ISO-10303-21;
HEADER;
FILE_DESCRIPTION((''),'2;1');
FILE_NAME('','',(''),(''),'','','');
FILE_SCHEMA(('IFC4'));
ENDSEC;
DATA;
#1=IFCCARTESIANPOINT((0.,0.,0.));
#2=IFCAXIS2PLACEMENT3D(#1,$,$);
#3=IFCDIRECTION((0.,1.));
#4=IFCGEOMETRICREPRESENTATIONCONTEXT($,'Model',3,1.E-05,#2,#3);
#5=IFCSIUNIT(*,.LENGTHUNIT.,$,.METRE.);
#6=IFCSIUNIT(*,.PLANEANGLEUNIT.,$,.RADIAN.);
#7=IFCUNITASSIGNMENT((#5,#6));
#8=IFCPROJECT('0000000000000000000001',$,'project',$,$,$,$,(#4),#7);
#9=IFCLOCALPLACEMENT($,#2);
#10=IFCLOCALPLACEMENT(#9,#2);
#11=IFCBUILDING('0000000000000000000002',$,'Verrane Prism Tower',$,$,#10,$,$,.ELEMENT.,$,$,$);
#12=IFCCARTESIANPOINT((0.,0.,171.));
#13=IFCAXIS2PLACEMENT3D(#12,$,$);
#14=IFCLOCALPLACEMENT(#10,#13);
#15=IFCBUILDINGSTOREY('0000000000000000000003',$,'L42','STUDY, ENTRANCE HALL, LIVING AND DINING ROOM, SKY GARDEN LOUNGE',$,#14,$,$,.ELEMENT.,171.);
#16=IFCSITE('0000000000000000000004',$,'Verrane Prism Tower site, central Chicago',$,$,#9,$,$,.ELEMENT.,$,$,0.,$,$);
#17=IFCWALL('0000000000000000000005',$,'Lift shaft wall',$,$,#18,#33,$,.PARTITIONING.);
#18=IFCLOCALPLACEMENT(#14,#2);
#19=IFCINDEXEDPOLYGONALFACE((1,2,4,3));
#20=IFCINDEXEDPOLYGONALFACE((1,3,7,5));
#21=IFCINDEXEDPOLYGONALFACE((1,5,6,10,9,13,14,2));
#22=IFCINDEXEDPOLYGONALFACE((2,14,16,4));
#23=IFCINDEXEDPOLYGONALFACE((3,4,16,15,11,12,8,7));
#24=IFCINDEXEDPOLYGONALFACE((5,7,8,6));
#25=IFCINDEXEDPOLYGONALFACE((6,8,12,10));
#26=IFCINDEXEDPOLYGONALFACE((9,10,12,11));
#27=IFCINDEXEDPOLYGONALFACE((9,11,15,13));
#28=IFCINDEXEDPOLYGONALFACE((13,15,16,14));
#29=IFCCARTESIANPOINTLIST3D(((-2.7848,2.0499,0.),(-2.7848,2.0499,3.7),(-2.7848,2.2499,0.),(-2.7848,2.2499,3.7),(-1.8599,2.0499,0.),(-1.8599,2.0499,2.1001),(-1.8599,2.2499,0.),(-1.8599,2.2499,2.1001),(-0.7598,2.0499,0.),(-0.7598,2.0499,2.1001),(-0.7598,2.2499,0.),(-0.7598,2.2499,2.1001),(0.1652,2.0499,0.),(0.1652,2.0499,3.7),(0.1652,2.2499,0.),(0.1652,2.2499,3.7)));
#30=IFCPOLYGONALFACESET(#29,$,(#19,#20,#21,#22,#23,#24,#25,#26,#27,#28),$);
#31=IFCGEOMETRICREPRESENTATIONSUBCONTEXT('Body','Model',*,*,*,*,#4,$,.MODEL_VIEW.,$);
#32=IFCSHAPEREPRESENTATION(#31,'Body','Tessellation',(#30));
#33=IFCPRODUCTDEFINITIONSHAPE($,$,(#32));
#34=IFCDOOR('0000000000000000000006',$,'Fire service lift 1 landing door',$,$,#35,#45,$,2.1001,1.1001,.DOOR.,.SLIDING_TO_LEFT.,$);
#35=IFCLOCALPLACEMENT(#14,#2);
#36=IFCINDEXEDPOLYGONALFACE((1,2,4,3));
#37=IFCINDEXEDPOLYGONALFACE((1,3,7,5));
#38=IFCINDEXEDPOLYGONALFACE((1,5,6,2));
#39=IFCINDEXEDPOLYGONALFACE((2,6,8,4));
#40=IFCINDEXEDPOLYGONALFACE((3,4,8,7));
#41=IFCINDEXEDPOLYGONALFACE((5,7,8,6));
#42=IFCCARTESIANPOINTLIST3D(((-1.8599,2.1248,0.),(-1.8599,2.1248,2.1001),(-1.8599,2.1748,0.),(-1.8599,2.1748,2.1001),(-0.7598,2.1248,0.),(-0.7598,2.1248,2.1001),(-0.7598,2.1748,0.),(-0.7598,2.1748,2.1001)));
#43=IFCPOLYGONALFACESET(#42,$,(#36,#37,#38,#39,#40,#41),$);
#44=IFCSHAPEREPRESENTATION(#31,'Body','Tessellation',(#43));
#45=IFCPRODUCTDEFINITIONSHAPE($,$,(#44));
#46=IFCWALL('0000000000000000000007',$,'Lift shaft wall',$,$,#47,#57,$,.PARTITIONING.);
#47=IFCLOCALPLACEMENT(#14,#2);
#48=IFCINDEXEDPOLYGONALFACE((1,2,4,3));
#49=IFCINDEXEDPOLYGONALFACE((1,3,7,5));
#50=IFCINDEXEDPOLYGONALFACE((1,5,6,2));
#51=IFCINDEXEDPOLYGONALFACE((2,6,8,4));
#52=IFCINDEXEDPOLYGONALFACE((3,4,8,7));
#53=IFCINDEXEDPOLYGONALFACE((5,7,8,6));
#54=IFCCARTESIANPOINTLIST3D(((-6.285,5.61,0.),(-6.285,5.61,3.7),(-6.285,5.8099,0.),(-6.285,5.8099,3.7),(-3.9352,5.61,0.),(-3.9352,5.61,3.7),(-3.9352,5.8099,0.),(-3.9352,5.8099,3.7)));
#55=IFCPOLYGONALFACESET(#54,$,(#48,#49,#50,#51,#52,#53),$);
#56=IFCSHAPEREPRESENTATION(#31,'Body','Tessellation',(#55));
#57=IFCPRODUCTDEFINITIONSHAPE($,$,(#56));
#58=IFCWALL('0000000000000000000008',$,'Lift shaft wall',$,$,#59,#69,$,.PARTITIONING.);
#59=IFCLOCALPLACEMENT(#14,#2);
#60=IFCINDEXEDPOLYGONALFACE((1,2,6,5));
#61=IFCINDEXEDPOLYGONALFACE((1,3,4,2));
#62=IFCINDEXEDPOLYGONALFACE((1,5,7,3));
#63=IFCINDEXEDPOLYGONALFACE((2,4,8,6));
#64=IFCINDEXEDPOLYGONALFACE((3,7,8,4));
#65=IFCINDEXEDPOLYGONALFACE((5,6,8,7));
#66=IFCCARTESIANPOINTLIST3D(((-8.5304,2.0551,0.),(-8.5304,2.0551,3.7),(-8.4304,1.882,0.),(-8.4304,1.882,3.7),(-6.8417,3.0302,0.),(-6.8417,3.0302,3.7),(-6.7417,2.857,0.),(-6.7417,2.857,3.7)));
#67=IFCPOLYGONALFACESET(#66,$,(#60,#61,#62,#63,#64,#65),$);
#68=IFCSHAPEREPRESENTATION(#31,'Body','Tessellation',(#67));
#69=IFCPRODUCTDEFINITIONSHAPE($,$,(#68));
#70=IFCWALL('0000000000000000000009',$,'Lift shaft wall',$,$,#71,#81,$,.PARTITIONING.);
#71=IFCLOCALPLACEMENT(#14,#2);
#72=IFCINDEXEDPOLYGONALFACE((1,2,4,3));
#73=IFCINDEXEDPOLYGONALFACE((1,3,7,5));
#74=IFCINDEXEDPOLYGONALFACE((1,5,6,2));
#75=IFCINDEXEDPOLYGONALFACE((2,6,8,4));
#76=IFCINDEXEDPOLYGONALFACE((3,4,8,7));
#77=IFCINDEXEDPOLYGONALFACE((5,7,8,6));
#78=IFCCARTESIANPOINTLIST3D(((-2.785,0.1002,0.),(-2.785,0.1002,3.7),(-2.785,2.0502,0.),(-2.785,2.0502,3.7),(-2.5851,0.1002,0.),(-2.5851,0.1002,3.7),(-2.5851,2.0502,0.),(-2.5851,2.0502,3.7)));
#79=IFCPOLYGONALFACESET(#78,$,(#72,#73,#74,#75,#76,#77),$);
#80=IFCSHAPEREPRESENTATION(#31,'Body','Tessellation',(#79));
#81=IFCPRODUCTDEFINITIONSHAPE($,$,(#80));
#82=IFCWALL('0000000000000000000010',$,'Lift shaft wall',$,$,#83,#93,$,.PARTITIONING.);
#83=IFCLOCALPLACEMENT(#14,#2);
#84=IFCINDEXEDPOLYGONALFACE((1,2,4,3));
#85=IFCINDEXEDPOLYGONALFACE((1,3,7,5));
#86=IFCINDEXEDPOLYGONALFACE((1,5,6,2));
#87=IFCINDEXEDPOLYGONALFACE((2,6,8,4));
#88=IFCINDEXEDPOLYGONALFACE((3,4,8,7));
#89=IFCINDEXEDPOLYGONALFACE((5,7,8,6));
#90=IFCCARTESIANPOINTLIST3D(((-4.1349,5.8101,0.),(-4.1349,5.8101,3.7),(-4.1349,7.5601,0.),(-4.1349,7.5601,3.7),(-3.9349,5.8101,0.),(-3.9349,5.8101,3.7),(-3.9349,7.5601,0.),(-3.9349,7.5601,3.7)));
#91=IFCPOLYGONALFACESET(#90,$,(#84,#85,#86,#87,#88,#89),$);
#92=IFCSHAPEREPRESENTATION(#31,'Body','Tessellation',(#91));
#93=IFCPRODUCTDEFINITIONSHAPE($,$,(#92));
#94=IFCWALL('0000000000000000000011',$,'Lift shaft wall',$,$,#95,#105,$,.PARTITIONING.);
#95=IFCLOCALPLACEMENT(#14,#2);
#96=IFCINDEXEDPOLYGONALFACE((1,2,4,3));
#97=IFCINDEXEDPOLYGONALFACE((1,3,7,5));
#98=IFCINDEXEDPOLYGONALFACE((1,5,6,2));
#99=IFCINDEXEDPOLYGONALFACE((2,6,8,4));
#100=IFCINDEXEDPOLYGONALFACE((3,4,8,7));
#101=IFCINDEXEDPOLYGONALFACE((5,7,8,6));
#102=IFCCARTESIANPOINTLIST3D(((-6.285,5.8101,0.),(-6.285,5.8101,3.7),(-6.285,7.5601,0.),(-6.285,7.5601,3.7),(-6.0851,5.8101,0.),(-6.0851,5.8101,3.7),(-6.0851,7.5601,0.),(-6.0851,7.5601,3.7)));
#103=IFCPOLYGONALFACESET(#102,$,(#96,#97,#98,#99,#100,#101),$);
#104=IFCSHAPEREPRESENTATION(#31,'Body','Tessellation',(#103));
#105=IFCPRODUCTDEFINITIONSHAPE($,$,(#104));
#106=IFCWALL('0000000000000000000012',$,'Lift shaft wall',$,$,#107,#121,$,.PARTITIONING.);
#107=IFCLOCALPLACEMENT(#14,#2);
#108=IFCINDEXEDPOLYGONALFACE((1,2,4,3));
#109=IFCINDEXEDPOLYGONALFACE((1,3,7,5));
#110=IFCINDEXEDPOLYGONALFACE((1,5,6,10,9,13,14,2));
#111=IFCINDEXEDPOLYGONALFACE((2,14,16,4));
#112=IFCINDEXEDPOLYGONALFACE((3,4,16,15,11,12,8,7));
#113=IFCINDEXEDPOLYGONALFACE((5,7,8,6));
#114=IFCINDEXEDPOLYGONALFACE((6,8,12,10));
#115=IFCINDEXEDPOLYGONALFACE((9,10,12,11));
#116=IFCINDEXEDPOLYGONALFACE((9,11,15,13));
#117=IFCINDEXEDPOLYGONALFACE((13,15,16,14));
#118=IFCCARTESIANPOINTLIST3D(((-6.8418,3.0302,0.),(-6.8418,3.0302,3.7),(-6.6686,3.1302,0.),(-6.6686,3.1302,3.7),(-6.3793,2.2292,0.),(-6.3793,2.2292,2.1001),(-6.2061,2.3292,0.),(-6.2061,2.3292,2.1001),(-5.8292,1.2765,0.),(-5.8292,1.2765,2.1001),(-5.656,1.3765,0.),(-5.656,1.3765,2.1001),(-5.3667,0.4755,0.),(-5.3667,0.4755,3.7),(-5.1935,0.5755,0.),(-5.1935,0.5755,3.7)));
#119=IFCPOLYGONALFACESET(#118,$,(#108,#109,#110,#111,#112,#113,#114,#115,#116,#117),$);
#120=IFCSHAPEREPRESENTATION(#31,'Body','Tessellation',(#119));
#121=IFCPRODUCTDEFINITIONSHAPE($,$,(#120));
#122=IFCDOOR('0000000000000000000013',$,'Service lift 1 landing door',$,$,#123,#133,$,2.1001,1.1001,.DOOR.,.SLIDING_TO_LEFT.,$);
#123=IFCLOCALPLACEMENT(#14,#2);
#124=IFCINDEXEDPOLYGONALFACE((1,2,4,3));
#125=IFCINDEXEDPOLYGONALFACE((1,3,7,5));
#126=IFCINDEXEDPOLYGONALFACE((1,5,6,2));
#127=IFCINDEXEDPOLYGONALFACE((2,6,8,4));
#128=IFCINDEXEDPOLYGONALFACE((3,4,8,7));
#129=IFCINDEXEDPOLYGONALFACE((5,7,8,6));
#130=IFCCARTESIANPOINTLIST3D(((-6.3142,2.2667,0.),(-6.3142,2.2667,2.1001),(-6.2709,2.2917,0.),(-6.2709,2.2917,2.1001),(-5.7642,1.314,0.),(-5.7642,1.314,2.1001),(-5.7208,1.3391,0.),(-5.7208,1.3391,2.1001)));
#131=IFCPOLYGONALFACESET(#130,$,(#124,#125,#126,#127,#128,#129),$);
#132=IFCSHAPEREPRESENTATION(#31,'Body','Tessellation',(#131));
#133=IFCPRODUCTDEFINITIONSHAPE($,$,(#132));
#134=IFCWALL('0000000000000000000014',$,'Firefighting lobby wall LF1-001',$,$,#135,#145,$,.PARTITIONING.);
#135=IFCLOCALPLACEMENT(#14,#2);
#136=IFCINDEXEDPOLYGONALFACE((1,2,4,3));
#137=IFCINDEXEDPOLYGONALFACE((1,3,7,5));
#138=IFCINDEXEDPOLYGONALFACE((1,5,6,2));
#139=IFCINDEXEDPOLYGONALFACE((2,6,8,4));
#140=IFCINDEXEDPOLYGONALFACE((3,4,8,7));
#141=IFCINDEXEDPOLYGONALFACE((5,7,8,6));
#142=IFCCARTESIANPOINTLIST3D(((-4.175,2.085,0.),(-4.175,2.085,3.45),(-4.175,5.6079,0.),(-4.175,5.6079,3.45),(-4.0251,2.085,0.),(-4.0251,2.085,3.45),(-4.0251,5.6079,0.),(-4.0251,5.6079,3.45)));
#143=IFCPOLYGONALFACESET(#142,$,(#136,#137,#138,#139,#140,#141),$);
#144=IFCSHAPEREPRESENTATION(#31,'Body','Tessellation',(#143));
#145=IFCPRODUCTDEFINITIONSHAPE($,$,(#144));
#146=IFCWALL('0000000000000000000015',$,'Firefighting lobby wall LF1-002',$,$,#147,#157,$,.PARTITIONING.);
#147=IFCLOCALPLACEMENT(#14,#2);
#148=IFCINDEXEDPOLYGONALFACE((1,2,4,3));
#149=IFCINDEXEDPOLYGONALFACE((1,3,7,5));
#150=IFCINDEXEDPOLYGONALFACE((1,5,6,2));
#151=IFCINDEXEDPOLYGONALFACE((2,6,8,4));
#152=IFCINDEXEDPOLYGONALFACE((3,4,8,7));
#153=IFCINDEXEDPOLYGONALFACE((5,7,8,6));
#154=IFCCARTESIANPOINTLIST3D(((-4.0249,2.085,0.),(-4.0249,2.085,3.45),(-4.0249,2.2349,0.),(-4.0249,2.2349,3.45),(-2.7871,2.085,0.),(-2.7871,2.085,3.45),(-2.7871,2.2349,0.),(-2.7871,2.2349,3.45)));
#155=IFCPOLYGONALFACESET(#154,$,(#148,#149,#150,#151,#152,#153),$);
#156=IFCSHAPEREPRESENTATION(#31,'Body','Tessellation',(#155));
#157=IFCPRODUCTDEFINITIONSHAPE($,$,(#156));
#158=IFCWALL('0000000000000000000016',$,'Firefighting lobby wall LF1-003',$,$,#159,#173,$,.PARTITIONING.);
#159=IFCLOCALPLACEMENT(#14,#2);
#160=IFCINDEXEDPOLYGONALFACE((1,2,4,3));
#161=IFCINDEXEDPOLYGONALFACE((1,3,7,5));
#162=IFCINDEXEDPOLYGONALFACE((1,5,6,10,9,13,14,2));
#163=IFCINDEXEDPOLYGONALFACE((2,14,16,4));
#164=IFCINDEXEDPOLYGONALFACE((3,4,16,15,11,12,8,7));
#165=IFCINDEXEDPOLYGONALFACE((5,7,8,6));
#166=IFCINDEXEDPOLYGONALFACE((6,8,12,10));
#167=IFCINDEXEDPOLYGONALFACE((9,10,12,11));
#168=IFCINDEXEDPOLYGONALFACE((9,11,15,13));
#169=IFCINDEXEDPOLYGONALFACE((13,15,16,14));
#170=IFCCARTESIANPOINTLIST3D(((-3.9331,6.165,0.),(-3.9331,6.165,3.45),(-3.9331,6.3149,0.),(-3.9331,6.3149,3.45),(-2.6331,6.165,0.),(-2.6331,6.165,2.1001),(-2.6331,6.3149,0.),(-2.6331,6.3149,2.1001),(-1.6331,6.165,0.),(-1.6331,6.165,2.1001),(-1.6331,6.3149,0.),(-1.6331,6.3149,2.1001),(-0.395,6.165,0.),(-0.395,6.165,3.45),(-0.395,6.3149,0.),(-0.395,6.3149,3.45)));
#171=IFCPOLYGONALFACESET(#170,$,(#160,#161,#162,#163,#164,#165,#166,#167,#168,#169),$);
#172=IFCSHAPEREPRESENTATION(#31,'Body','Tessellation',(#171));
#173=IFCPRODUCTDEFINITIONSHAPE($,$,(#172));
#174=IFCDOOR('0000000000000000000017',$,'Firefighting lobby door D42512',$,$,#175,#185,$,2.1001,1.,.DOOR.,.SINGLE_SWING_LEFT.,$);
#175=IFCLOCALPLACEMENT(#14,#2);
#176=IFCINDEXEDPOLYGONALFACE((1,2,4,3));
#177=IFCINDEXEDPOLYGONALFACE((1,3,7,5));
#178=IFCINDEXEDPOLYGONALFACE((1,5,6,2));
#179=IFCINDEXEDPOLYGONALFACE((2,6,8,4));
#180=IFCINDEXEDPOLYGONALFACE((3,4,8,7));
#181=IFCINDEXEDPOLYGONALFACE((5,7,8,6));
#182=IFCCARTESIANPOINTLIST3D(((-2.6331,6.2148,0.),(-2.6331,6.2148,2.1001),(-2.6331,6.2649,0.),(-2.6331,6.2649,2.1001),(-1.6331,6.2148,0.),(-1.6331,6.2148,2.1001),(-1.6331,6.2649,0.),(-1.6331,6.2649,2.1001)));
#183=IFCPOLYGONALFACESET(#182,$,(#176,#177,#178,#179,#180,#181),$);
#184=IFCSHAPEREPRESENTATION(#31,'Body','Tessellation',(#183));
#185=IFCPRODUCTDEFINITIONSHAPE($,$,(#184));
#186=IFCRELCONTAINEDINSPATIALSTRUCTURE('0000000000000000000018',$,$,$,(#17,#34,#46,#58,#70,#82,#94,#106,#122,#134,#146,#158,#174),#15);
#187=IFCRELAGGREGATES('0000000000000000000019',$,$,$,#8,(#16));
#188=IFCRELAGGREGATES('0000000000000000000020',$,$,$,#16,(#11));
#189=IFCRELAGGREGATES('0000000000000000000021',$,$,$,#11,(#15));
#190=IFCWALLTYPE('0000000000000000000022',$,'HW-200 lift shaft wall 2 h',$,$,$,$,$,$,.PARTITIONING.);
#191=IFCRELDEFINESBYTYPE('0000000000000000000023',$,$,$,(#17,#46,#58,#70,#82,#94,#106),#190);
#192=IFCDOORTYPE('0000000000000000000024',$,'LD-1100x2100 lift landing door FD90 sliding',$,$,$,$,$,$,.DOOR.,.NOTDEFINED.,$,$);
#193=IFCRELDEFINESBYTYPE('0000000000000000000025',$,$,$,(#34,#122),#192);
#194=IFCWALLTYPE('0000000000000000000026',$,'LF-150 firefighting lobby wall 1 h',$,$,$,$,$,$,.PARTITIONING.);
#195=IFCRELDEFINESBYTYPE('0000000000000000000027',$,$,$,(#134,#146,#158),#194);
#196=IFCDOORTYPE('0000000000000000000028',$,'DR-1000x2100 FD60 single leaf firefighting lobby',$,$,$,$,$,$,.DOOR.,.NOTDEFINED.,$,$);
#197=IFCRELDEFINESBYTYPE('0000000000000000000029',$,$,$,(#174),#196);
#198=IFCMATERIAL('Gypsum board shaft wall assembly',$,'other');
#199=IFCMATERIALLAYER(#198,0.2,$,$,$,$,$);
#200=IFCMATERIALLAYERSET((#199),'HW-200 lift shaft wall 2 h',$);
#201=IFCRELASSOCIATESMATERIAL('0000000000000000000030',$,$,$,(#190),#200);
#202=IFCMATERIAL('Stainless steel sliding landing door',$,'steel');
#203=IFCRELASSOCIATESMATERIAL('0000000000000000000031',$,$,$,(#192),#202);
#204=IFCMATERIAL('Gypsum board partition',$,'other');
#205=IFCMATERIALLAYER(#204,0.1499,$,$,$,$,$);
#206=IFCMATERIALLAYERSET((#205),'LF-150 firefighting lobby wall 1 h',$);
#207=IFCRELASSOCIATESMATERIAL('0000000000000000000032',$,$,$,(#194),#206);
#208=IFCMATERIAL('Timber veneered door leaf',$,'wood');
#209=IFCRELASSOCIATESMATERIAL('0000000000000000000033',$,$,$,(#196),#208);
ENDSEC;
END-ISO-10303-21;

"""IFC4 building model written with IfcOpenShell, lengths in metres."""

from ifc_helpers import new_model, si_unit, direction, frame, frame_2d, origin, place, context, subcontext, project, spatial, rectangle, extrude, material, layer, layer_set, type_object, element, fill, save


model = new_model("IFC4")

# Units and contexts
model_context = context("Model", 3, precision=1e-05, world=origin(), true_north=direction((0.0, 1.0)))
body_context = subcontext(model_context, "Body", "Model", "MODEL_VIEW")
ifc_project = project(units=[si_unit("LENGTHUNIT", "METRE"), si_unit("PLANEANGLEUNIT", "RADIAN")], contexts=[model_context])

# Site, building, storey
site_placement = place(None, origin())
site = spatial("IfcSite", under=ifc_project, at=site_placement, Name="Verrane Prism Tower site, central Chicago", CompositionType="ELEMENT", RefElevation=0.0)
building_placement = place(site_placement, origin())
building = spatial("IfcBuilding", under=site, at=building_placement, Name="Verrane Prism Tower", CompositionType="ELEMENT")
storey_placement = place(building_placement, frame((0.0, 0.0, 171.0)))
storey = spatial("IfcBuildingStorey", under=building, at=storey_placement, Name="L42", Description="STUDY, ENTRANCE HALL, LIVING AND DINING ROOM, SKY GARDEN LOUNGE", CompositionType="ELEMENT", Elevation=171.0)

# Wall, opening, door
ifc_material_1 = material(Name="Gypsum board shaft wall assembly", Category="other")
ifc_layer_1 = layer(ifc_material_1, 0.2)
ifc_layer_set_1 = layer_set([ifc_layer_1], Name="HW-200 lift shaft wall 2 h")
wall_type_1 = type_object("IfcWallType", Name="HW-200 lift shaft wall 2 h", PredefinedType="PARTITIONING", material=ifc_layer_set_1)
wall_1_placement = place(storey_placement, frame((-2.7849, 2.1499, 0.0), z_axis=(0.0, 0.0, 1.0), x_axis=(1.0, 0.0, 0.0)))
wall_1 = element("IfcWall", 1, at=wall_1_placement, inside=storey, type_object=wall_type_1, Name="Lift shaft wall", PredefinedType="PARTITIONING", context=body_context, shape_type="SweptSolid", body=[
    extrude(rectangle(XDim=2.95, YDim=0.2, at=frame_2d((1.4751, 0.0))), origin(), (0.0, 0.0, 1.0), 3.7),
])
opening_1_placement = place(wall_1_placement, frame((0.925, 0.0, 0.0)))
opening_1 = element("IfcOpeningElement", 2, at=opening_1_placement, cuts=wall_1, PredefinedType="OPENING", context=body_context, shape_type="SweptSolid", body=[
    extrude(rectangle(XDim=1.1001, YDim=2.1001, at=frame_2d((0.55, 1.05))), frame((0.0, 0.1099, 0.0), z_axis=(0.0, -1.0, 0.0), x_axis=(1.0, 0.0, 0.0)), (0.0, 0.0, 1.0), 0.22),
])
ifc_material_2 = material(Name="Stainless steel sliding landing door", Category="steel")
door_type_1 = type_object("IfcDoorType", Name="LD-1100x2100 lift landing door FD90 sliding", OperationType="NOTDEFINED", PredefinedType="DOOR", material=ifc_material_2)
door_1_placement = place(opening_1_placement, origin())
door_1 = element("IfcDoor", 3, at=door_1_placement, inside=storey, type_object=door_type_1, Name="Fire service lift 1 landing door", OperationType="SLIDING_TO_LEFT", OverallHeight=2.1001, OverallWidth=1.1001, PredefinedType="DOOR", context=body_context, shape_type="SweptSolid", body=[
    extrude(rectangle(XDim=1.1001, YDim=2.1001, at=frame_2d((0.55, 1.05))), frame((0.0, 0.0249, 0.0), z_axis=(0.0, -1.0, 0.0), x_axis=(1.0, 0.0, 0.0)), (0.0, 0.0, 1.0), 0.05),
])
fill(opening_1, door_1)

# Walls
wall_2_placement = place(storey_placement, frame((-6.2849, 5.71, 0.0), z_axis=(0.0, 0.0, 1.0), x_axis=(1.0, 0.0, 0.0)))
element("IfcWall", 4, at=wall_2_placement, inside=storey, type_object=wall_type_1, Name="Lift shaft wall", PredefinedType="PARTITIONING", context=body_context, shape_type="SweptSolid", body=[
    extrude(rectangle(XDim=2.3499, YDim=0.2, at=frame_2d((1.1748, 0.0))), origin(), (0.0, 0.0, 1.0), 3.7),
])
for number, where, z_axis, x_axis, name in (
    (5, (-8.4805, 1.9685, 0.0), (0.0, 0.0, 1.0), (0.866, 0.500044, 0.0), "Lift shaft wall"),
    (6, (-2.6851, 0.1001, 0.0), (0.0, 0.0, 1.0), (0.0, 1.0, 0.0), "Lift shaft wall"),
):
    element("IfcWall", number, at=place(storey_placement, frame(where, z_axis=z_axis, x_axis=x_axis)), inside=storey, type_object=wall_type_1, Name=name, PredefinedType="PARTITIONING", context=body_context, shape_type="SweptSolid", body=[
        extrude(rectangle(XDim=1.95, YDim=0.2, at=frame_2d((0.9751, 0.0))), origin(), (0.0, 0.0, 1.0), 3.7),
    ])
for number, where, z_axis, x_axis, name in (
    (7, (-4.0349, 5.8101, 0.0), (0.0, 0.0, 1.0), (0.0, 1.0, 0.0), "Lift shaft wall"),
    (8, (-6.1851, 5.8101, 0.0), (0.0, 0.0, 1.0), (0.0, 1.0, 0.0), "Lift shaft wall"),
):
    element("IfcWall", number, at=place(storey_placement, frame(where, z_axis=z_axis, x_axis=x_axis)), inside=storey, type_object=wall_type_1, Name=name, PredefinedType="PARTITIONING", context=body_context, shape_type="SweptSolid", body=[
        extrude(rectangle(XDim=1.75, YDim=0.2, at=frame_2d((0.875, 0.0))), origin(), (0.0, 0.0, 1.0), 3.7),
    ])

# Wall, opening, door
wall_3_placement = place(storey_placement, frame((-5.28, 0.5254, 0.0), z_axis=(0.0, 0.0, 1.0), x_axis=(-0.500038, 0.866004, 0.0)))
wall_3 = element("IfcWall", 9, at=wall_3_placement, inside=storey, type_object=wall_type_1, Name="Lift shaft wall", PredefinedType="PARTITIONING", context=body_context, shape_type="SweptSolid", body=[
    extrude(rectangle(XDim=2.95, YDim=0.2, at=frame_2d((1.4751, 0.0))), origin(), (0.0, 0.0, 1.0), 3.7),
])
opening_2_placement = place(wall_3_placement, frame((0.925, 0.0, 0.0)))
opening_2 = element("IfcOpeningElement", 10, at=opening_2_placement, cuts=wall_3, PredefinedType="OPENING", context=body_context, shape_type="SweptSolid", body=[
    extrude(rectangle(XDim=1.1001, YDim=2.1001, at=frame_2d((0.55, 1.05))), frame((0.0, 0.1099, 0.0), z_axis=(0.0, -1.0, 0.0), x_axis=(1.0, 0.0, 0.0)), (0.0, 0.0, 1.0), 0.22),
])
door_2_placement = place(opening_2_placement, origin())
door_2 = element("IfcDoor", 11, at=door_2_placement, inside=storey, type_object=door_type_1, Name="Service lift 1 landing door", OperationType="SLIDING_TO_LEFT", OverallHeight=2.1001, OverallWidth=1.1001, PredefinedType="DOOR", context=body_context, shape_type="SweptSolid", body=[
    extrude(rectangle(XDim=1.1001, YDim=2.1001, at=frame_2d((0.55, 1.05))), frame((0.0, 0.0249, 0.0), z_axis=(0.0, -1.0, 0.0), x_axis=(1.0, 0.0, 0.0)), (0.0, 0.0, 1.0), 0.05),
])
fill(opening_2, door_2)

# Walls
ifc_material_3 = material(Name="Gypsum board partition", Category="other")
ifc_layer_2 = layer(ifc_material_3, 0.1499)
ifc_layer_set_2 = layer_set([ifc_layer_2], Name="LF-150 firefighting lobby wall 1 h")
wall_type_2 = type_object("IfcWallType", Name="LF-150 firefighting lobby wall 1 h", PredefinedType="PARTITIONING", material=ifc_layer_set_2)
wall_4_placement = place(storey_placement, frame((-4.1001, 2.085, 0.0), z_axis=(0.0, 0.0, 1.0), x_axis=(0.0, 1.0, 0.0)))
element("IfcWall", 12, at=wall_4_placement, inside=storey, type_object=wall_type_2, Name="Firefighting lobby wall LF1-001", PredefinedType="PARTITIONING", context=body_context, shape_type="SweptSolid", body=[
    extrude(rectangle(XDim=3.5229, YDim=0.1499, at=frame_2d((1.7615, 0.0))), origin(), (0.0, 0.0, 1.0), 3.45),
])
wall_5_placement = place(storey_placement, frame((-4.0249, 2.1599, 0.0), z_axis=(0.0, 0.0, 1.0), x_axis=(1.0, 0.0, 0.0)))
element("IfcWall", 13, at=wall_5_placement, inside=storey, type_object=wall_type_2, Name="Firefighting lobby wall LF1-002", PredefinedType="PARTITIONING", context=body_context, shape_type="SweptSolid", body=[
    extrude(rectangle(XDim=1.2378, YDim=0.1499, at=frame_2d((0.6189, 0.0))), origin(), (0.0, 0.0, 1.0), 3.45),
])

# Wall, opening, door
wall_6_placement = place(storey_placement, frame((-3.9331, 6.24, 0.0), z_axis=(0.0, 0.0, 1.0), x_axis=(1.0, 0.0, 0.0)))
wall_6 = element("IfcWall", 14, at=wall_6_placement, inside=storey, type_object=wall_type_2, Name="Firefighting lobby wall LF1-003", PredefinedType="PARTITIONING", context=body_context, shape_type="SweptSolid", body=[
    extrude(rectangle(XDim=3.5381, YDim=0.1499, at=frame_2d((1.769, 0.0))), origin(), (0.0, 0.0, 1.0), 3.45),
])
opening_3_placement = place(wall_6_placement, frame((1.3, 0.0, 0.0)))
opening_3 = element("IfcOpeningElement", 15, at=opening_3_placement, cuts=wall_6, PredefinedType="OPENING", context=body_context, shape_type="SweptSolid", body=[
    extrude(rectangle(XDim=1.0, YDim=2.1001, at=frame_2d((0.5, 1.05))), frame((0.0, 0.085, 0.0), z_axis=(0.0, -1.0, 0.0), x_axis=(1.0, 0.0, 0.0)), (0.0, 0.0, 1.0), 0.1699),
])
ifc_material_4 = material(Name="Timber veneered door leaf", Category="wood")
door_type_2 = type_object("IfcDoorType", Name="DR-1000x2100 FD60 single leaf firefighting lobby", OperationType="NOTDEFINED", PredefinedType="DOOR", material=ifc_material_4)
door_3_placement = place(opening_3_placement, origin())
door_3 = element("IfcDoor", 16, at=door_3_placement, inside=storey, type_object=door_type_2, Name="Firefighting lobby door D42512", OperationType="SINGLE_SWING_LEFT", OverallHeight=2.1001, OverallWidth=1.0, PredefinedType="DOOR", context=body_context, shape_type="SweptSolid", body=[
    extrude(rectangle(XDim=1.0, YDim=2.1001, at=frame_2d((0.5, 1.05))), frame((0.0, 0.0249, 0.0), z_axis=(0.0, -1.0, 0.0), x_axis=(1.0, 0.0, 0.0)), (0.0, 0.0, 1.0), 0.05),
])
fill(opening_3, door_3)

save(model, "model.ifc")
